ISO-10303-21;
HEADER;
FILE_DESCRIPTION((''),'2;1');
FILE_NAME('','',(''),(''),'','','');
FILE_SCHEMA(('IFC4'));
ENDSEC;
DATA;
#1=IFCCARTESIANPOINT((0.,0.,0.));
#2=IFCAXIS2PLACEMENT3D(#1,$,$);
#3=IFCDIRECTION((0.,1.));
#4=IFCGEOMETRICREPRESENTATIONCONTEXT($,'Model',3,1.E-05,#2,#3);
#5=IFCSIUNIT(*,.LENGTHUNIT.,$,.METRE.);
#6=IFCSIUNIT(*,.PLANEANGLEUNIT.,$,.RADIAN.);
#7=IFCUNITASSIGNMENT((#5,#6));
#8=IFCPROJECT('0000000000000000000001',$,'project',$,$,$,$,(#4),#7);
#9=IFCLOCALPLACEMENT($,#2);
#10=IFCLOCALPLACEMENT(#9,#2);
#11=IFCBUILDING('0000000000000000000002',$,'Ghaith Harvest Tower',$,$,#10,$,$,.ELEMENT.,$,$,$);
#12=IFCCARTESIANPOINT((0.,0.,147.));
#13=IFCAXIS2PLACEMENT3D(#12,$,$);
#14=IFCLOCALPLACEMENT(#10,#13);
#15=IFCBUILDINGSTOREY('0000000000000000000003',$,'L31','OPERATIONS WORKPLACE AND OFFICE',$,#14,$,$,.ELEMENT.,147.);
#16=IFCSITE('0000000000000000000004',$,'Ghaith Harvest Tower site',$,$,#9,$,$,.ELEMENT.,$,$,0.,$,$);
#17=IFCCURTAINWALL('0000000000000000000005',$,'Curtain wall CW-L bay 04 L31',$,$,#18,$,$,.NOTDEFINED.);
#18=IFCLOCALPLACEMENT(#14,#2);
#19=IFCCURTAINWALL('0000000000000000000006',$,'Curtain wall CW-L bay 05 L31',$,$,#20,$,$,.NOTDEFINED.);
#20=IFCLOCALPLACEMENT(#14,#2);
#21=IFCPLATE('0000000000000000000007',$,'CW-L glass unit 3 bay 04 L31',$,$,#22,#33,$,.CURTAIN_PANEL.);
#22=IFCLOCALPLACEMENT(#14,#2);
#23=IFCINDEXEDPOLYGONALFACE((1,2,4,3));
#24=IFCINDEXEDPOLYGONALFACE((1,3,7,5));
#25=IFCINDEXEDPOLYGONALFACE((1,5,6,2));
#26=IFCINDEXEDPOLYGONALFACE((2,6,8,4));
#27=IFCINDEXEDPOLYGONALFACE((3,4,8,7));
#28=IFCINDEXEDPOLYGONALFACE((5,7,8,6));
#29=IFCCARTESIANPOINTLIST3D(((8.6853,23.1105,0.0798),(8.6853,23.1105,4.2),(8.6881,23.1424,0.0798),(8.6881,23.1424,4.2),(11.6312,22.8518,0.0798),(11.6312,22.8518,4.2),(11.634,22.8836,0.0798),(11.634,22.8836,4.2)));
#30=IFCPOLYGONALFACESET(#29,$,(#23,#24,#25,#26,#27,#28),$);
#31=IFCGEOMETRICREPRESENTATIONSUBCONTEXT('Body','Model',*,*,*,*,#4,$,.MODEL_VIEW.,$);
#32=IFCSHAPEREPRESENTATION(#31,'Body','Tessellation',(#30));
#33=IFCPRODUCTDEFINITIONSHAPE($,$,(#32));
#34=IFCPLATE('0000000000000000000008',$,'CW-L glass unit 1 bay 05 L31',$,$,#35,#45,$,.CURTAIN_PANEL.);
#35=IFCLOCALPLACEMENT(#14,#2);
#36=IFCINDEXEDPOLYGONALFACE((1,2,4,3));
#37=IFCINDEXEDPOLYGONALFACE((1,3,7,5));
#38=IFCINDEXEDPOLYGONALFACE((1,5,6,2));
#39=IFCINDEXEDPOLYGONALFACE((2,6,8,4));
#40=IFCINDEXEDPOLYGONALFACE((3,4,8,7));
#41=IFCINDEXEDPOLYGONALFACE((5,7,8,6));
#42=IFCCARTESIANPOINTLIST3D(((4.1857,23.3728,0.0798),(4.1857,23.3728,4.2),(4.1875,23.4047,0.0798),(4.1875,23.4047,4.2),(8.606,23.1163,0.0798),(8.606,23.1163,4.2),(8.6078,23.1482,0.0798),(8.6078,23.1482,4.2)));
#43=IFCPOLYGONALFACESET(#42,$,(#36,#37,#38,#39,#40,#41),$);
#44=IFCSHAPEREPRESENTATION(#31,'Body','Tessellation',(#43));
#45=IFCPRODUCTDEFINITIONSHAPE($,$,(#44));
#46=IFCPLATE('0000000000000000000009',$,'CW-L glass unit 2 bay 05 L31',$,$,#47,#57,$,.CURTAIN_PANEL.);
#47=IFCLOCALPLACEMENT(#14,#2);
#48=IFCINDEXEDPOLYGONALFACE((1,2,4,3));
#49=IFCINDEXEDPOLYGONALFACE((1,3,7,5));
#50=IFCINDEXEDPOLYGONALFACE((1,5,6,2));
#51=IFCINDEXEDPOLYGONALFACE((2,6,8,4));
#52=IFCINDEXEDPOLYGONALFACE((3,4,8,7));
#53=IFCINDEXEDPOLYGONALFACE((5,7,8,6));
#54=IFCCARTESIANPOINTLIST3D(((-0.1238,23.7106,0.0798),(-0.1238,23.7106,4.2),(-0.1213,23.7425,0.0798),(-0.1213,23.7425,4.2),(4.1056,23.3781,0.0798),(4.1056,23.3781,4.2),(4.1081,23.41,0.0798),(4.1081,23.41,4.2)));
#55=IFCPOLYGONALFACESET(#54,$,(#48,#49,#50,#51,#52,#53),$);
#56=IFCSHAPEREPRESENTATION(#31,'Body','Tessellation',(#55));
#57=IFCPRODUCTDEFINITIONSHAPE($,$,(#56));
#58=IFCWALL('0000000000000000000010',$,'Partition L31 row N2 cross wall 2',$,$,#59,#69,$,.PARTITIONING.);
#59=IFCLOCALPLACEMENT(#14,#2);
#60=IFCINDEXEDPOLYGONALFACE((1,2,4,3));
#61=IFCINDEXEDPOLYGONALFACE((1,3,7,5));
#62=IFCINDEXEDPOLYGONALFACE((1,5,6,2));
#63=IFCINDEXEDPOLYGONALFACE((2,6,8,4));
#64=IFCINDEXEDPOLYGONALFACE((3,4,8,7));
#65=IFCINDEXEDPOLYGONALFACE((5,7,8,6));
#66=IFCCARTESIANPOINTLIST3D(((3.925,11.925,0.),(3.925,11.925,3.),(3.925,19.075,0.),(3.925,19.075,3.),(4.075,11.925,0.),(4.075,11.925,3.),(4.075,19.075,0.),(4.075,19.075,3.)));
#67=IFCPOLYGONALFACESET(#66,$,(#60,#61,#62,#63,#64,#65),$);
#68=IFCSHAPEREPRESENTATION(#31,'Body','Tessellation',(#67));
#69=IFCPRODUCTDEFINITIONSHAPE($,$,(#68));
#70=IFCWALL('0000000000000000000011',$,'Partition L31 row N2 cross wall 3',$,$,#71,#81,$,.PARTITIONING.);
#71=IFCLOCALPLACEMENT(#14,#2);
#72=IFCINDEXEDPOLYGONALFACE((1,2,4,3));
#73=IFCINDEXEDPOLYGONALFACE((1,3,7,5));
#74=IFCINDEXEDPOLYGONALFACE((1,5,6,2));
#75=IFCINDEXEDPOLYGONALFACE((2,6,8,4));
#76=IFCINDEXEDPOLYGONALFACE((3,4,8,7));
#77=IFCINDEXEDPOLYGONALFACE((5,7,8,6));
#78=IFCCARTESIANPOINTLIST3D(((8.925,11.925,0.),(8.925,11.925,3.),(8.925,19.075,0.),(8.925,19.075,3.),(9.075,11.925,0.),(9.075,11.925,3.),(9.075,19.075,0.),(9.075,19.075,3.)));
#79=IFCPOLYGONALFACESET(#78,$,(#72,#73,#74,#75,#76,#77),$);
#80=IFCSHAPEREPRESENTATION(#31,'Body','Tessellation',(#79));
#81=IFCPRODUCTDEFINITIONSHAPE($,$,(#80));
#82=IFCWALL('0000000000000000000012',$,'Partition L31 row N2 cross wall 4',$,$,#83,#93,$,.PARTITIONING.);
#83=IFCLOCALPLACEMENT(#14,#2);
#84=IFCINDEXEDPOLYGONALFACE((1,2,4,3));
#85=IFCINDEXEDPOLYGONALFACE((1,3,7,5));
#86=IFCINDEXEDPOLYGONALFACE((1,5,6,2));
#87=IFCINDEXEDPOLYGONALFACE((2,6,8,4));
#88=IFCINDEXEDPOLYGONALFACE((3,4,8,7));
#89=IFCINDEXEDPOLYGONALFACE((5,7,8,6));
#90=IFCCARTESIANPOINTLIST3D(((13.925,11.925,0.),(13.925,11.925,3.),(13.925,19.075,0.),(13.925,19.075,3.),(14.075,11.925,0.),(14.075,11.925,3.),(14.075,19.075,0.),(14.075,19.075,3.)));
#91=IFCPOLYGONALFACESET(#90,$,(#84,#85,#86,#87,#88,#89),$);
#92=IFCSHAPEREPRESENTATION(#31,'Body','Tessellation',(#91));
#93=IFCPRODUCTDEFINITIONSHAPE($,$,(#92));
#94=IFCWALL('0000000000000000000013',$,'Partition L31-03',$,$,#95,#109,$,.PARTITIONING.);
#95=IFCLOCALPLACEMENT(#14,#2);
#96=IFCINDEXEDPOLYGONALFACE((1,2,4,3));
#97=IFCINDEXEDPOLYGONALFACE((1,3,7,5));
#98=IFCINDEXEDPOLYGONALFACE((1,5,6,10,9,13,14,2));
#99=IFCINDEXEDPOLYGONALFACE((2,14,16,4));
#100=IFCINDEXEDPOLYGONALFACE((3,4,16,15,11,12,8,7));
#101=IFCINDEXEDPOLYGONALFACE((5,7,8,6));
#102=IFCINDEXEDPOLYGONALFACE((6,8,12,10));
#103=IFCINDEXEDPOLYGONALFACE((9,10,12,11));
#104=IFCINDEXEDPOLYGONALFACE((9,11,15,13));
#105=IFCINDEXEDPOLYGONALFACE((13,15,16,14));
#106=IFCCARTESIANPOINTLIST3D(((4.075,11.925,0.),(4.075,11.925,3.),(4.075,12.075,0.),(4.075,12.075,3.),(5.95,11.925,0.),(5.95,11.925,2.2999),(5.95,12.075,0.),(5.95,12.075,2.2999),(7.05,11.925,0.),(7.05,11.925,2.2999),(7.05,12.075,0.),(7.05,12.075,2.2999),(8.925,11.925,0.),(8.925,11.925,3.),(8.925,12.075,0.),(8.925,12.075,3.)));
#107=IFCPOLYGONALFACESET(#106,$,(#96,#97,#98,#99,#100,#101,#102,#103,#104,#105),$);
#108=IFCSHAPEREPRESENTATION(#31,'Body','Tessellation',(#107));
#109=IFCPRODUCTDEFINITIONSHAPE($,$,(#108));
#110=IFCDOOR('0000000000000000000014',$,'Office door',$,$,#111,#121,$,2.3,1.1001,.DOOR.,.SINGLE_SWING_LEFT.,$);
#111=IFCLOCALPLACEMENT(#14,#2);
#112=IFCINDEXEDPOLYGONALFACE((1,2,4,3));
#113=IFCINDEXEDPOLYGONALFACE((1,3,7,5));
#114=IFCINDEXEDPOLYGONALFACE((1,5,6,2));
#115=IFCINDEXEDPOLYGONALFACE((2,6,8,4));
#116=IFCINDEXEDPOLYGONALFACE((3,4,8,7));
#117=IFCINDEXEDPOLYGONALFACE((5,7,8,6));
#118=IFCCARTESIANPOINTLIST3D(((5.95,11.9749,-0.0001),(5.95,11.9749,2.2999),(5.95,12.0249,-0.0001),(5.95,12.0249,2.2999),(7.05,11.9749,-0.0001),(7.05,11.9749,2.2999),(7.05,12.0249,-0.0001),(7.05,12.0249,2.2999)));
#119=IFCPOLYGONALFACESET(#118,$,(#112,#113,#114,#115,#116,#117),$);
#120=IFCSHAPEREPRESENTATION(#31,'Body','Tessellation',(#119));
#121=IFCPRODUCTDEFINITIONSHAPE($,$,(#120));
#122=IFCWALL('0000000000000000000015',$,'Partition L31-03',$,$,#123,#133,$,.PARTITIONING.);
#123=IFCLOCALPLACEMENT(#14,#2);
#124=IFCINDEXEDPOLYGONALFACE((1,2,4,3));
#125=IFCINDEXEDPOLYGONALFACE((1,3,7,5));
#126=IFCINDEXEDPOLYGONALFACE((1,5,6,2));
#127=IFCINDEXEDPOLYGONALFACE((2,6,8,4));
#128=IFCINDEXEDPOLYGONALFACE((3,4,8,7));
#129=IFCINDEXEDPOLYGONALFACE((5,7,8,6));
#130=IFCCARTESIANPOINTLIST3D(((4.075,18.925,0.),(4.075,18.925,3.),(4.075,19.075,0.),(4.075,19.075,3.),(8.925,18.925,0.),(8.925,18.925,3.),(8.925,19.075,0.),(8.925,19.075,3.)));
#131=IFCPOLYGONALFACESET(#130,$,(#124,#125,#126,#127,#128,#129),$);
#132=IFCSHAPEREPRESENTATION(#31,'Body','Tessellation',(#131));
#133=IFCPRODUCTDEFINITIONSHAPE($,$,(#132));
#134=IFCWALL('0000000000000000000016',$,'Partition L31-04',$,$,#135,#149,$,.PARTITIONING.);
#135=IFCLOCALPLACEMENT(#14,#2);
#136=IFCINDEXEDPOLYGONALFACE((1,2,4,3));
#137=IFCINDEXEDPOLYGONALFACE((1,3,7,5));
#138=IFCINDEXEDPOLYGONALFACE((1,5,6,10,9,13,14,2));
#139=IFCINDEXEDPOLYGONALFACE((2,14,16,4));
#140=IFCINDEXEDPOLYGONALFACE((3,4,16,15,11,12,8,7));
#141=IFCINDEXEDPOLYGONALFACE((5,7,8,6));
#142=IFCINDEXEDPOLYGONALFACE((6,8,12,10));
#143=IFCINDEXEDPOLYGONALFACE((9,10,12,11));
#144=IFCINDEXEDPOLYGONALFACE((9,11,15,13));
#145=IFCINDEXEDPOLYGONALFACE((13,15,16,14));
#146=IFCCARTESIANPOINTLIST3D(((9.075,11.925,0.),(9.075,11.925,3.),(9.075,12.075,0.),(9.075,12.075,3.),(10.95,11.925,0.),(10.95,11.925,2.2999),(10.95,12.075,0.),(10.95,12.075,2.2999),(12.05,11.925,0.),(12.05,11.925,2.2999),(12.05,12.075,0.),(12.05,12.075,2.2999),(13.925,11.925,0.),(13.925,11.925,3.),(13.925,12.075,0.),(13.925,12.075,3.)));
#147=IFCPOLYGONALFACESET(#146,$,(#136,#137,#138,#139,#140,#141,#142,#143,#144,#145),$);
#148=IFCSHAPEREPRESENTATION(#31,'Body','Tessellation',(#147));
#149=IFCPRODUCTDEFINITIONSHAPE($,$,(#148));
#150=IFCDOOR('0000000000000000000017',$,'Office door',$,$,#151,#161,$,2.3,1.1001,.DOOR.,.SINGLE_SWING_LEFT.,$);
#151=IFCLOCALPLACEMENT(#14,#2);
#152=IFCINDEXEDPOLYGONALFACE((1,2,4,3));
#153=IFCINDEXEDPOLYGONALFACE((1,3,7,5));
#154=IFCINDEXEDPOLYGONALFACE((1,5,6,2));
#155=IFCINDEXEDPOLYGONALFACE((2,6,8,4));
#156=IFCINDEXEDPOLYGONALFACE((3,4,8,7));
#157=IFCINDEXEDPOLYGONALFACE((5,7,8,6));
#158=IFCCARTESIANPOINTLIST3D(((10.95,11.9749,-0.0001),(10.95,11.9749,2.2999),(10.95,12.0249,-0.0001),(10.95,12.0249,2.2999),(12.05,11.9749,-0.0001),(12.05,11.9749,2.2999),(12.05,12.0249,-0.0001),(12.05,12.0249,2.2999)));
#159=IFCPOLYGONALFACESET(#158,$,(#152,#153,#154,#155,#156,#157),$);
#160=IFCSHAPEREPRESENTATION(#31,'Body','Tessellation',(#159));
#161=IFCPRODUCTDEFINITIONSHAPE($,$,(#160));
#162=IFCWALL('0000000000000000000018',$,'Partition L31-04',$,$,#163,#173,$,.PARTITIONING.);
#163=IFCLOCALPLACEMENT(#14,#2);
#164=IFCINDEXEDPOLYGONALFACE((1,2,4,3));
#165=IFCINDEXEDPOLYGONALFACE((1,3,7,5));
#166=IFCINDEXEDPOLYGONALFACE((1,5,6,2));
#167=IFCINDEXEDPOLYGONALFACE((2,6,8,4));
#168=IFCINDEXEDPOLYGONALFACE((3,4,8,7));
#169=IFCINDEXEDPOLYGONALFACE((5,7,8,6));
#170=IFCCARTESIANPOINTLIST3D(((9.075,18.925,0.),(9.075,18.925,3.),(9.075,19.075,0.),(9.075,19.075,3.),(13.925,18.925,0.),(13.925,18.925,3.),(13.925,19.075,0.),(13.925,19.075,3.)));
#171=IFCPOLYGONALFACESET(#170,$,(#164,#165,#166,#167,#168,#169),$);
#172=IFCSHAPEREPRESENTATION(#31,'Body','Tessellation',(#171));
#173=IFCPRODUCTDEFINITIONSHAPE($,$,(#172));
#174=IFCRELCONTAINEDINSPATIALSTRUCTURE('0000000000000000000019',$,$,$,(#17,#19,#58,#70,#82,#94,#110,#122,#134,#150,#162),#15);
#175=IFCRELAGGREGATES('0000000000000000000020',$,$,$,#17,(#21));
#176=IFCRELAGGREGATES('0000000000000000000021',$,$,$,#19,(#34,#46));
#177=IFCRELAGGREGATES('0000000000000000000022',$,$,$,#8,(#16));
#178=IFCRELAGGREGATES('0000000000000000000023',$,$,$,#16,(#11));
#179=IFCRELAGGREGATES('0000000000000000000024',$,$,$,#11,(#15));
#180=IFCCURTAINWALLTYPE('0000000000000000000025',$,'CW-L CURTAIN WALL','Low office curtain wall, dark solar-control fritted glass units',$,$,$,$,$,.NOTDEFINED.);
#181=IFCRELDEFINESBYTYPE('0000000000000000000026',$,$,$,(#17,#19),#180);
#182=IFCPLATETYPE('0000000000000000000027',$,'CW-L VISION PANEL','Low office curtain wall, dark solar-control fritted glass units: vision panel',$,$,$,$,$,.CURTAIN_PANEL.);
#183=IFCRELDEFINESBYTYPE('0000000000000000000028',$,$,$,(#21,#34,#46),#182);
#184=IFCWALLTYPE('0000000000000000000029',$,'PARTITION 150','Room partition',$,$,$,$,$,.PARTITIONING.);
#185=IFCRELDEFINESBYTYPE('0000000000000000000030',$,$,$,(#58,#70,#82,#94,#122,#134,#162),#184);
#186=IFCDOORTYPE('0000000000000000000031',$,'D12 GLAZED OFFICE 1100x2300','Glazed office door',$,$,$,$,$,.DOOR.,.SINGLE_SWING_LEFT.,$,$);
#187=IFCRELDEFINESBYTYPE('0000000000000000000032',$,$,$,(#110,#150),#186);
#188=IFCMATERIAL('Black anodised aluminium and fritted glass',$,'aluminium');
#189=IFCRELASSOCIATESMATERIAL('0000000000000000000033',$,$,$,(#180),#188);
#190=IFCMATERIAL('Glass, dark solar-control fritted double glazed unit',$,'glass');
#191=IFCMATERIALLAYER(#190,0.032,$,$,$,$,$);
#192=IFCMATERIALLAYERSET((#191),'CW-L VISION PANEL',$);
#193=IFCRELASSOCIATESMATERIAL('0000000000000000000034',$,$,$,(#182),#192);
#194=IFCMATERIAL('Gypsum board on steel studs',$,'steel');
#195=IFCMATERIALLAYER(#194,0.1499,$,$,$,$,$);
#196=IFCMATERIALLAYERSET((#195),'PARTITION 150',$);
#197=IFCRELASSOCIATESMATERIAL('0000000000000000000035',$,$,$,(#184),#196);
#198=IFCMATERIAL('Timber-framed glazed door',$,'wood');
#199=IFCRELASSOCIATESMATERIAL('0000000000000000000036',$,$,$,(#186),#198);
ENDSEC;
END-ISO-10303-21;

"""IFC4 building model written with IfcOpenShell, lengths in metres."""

from ifc_helpers import new_model, si_unit, direction, frame, frame_2d, origin, origin_2d, place, context, subcontext, project, spatial, rectangle, extrude, material, layer, layer_set, type_object, element, fill, aggregate, save


model = new_model("IFC4")

# Units and contexts
model_context = context("Model", 3, precision=1e-05, world=origin(), true_north=direction((0.0, 1.0)))
body_context = subcontext(model_context, "Body", "Model", "MODEL_VIEW")
ifc_project = project(units=[si_unit("LENGTHUNIT", "METRE"), si_unit("PLANEANGLEUNIT", "RADIAN")], contexts=[model_context])

# Site, building, storey
site_placement = place(None, origin())
site = spatial("IfcSite", under=ifc_project, at=site_placement, Name="Ghaith Harvest Tower site", CompositionType="ELEMENT", RefElevation=0.0)
building_placement = place(site_placement, origin())
building = spatial("IfcBuilding", under=site, at=building_placement, Name="Ghaith Harvest Tower", CompositionType="ELEMENT")
storey_placement = place(building_placement, frame((0.0, 0.0, 147.0)))
storey = spatial("IfcBuildingStorey", under=building, at=storey_placement, Name="L31", Description="OPERATIONS WORKPLACE AND OFFICE", CompositionType="ELEMENT", Elevation=147.0)

# Curtain wall
ifc_material_1 = material(Name="Black anodised aluminium and fritted glass", Category="aluminium")
curtain_wall_type = type_object("IfcCurtainWallType", Name="CW-L CURTAIN WALL", Description="Low office curtain wall, dark solar-control fritted glass units", PredefinedType="NOTDEFINED", material=ifc_material_1)
curtain_wall_1_placement = place(storey_placement, origin())
curtain_wall_1 = element("IfcCurtainWall", 1, at=curtain_wall_1_placement, inside=storey, type_object=curtain_wall_type, Name="Curtain wall CW-L bay 04 L31", PredefinedType="NOTDEFINED")

# Curtain wall
curtain_wall_2_placement = place(storey_placement, origin())
curtain_wall_2 = element("IfcCurtainWall", 2, at=curtain_wall_2_placement, inside=storey, type_object=curtain_wall_type, Name="Curtain wall CW-L bay 05 L31", PredefinedType="NOTDEFINED")

# Plates
ifc_material_2 = material(Name="Glass, dark solar-control fritted double glazed unit", Category="glass")
ifc_layer_1 = layer(ifc_material_2, 0.032)
ifc_layer_set_1 = layer_set([ifc_layer_1], Name="CW-L VISION PANEL")
plate_type = type_object("IfcPlateType", Name="CW-L VISION PANEL", Description="Low office curtain wall, dark solar-control fritted glass units: vision panel", PredefinedType="CURTAIN_PANEL", material=ifc_layer_set_1)
plate_1_placement = place(storey_placement, frame((10.1597, 22.9971, 0.0798), z_axis=(0.0, 0.0, 1.0), x_axis=(-0.996166, 0.087481, 0.0)))
plate_1 = element("IfcPlate", 3, at=plate_1_placement, type_object=plate_type, Name="CW-L glass unit 3 bay 04 L31", PredefinedType="CURTAIN_PANEL", context=body_context, shape_type="SweptSolid", body=[
    extrude(rectangle(XDim=2.9573, YDim=0.032, at=origin_2d()), origin(), (0.0, 0.0, 1.0), 4.1201),
])
aggregate(curtain_wall_1, [plate_1])
plate_2_placement = place(storey_placement, frame((6.3967, 23.2605, 0.0798), z_axis=(0.0, 0.0, 1.0), x_axis=(-0.998321, 0.057927, 0.0)))
plate_2 = element("IfcPlate", 4, at=plate_2_placement, type_object=plate_type, Name="CW-L glass unit 1 bay 05 L31", PredefinedType="CURTAIN_PANEL", context=body_context, shape_type="SweptSolid", body=[
    extrude(rectangle(XDim=4.4277, YDim=0.032, at=origin_2d()), origin(), (0.0, 0.0, 1.0), 4.1201),
])
plate_3_placement = place(storey_placement, frame((1.9922, 23.5603, 0.0798), z_axis=(0.0, 0.0, 1.0), x_axis=(-0.996925, 0.07836, 0.0)))
plate_3 = element("IfcPlate", 5, at=plate_3_placement, type_object=plate_type, Name="CW-L glass unit 2 bay 05 L31", PredefinedType="CURTAIN_PANEL", context=body_context, shape_type="SweptSolid", body=[
    extrude(rectangle(XDim=4.2424, YDim=0.032, at=origin_2d()), origin(), (0.0, 0.0, 1.0), 4.1201),
])
aggregate(curtain_wall_2, [plate_2, plate_3])

# Walls
ifc_material_3 = material(Name="Gypsum board on steel studs", Category="steel")
ifc_layer_2 = layer(ifc_material_3, 0.1499)
ifc_layer_set_2 = layer_set([ifc_layer_2], Name="PARTITION 150")
wall_type = type_object("IfcWallType", Name="PARTITION 150", Description="Room partition", PredefinedType="PARTITIONING", material=ifc_layer_set_2)
for number, where, z_axis, x_axis, name in (
    (6, (4.0, 11.925, 0.0), (0.0, 0.0, 1.0), (0.0, 1.0, 0.0), "Partition L31 row N2 cross wall 2"),
    (7, (9.0, 11.925, 0.0), (0.0, 0.0, 1.0), (0.0, 1.0, 0.0), "Partition L31 row N2 cross wall 3"),
    (8, (14.0, 11.925, 0.0), (0.0, 0.0, 1.0), (0.0, 1.0, 0.0), "Partition L31 row N2 cross wall 4"),
):
    element("IfcWall", number, at=place(storey_placement, frame(where, z_axis=z_axis, x_axis=x_axis)), inside=storey, type_object=wall_type, Name=name, PredefinedType="PARTITIONING", context=body_context, shape_type="SweptSolid", body=[
        extrude(rectangle(XDim=7.1499, YDim=0.1499, at=frame_2d((3.575, 0.0))), origin(), (0.0, 0.0, 1.0), 3.0),
    ])

# Wall, opening, door
wall_1_placement = place(storey_placement, frame((4.075, 12.0, 0.0), z_axis=(0.0, 0.0, 1.0), x_axis=(1.0, 0.0, 0.0)))
wall_1 = element("IfcWall", 9, at=wall_1_placement, inside=storey, type_object=wall_type, Name="Partition L31-03", PredefinedType="PARTITIONING", context=body_context, shape_type="SweptSolid", body=[
    extrude(rectangle(XDim=4.8501, YDim=0.1499, at=frame_2d((2.425, 0.0))), origin(), (0.0, 0.0, 1.0), 3.0),
])
opening_1_placement = place(wall_1_placement, frame((1.875, 0.0, 0.0)))
opening_1 = element("IfcOpeningElement", 10, at=opening_1_placement, cuts=wall_1, PredefinedType="OPENING", context=body_context, shape_type="SweptSolid", body=[
    extrude(rectangle(XDim=1.1001, YDim=2.3, at=frame_2d((0.55, 1.1499))), frame((0.0, 0.085, 0.0), z_axis=(0.0, -1.0, 0.0), x_axis=(1.0, 0.0, 0.0)), (0.0, 0.0, 1.0), 0.1699),
])
ifc_material_4 = material(Name="Timber-framed glazed door", Category="wood")
door_type = type_object("IfcDoorType", Name="D12 GLAZED OFFICE 1100x2300", Description="Glazed office door", OperationType="SINGLE_SWING_LEFT", PredefinedType="DOOR", material=ifc_material_4)
door_1_placement = place(opening_1_placement, origin())
door_1 = element("IfcDoor", 11, at=door_1_placement, inside=storey, type_object=door_type, Name="Office door", OperationType="SINGLE_SWING_LEFT", OverallHeight=2.3, OverallWidth=1.1001, PredefinedType="DOOR", context=body_context, shape_type="SweptSolid", body=[
    extrude(rectangle(XDim=1.1001, YDim=2.3, at=frame_2d((0.55, 1.1499))), frame((0.0, 0.0249, 0.0), z_axis=(0.0, -1.0, 0.0), x_axis=(1.0, 0.0, 0.0)), (0.0, 0.0, 1.0), 0.05),
])
fill(opening_1, door_1)

# Wall
wall_2_placement = place(storey_placement, frame((4.075, 19.0, 0.0), z_axis=(0.0, 0.0, 1.0), x_axis=(1.0, 0.0, 0.0)))
element("IfcWall", 12, at=wall_2_placement, inside=storey, type_object=wall_type, Name="Partition L31-03", PredefinedType="PARTITIONING", context=body_context, shape_type="SweptSolid", body=[
    extrude(rectangle(XDim=4.8501, YDim=0.1499, at=frame_2d((2.425, 0.0))), origin(), (0.0, 0.0, 1.0), 3.0),
])

# Wall, opening, door
wall_3_placement = place(storey_placement, frame((9.075, 12.0, 0.0), z_axis=(0.0, 0.0, 1.0), x_axis=(1.0, 0.0, 0.0)))
wall_3 = element("IfcWall", 13, at=wall_3_placement, inside=storey, type_object=wall_type, Name="Partition L31-04", PredefinedType="PARTITIONING", context=body_context, shape_type="SweptSolid", body=[
    extrude(rectangle(XDim=4.8501, YDim=0.1499, at=frame_2d((2.425, 0.0))), origin(), (0.0, 0.0, 1.0), 3.0),
])
opening_2_placement = place(wall_3_placement, frame((1.875, 0.0, 0.0)))
opening_2 = element("IfcOpeningElement", 14, at=opening_2_placement, cuts=wall_3, PredefinedType="OPENING", context=body_context, shape_type="SweptSolid", body=[
    extrude(rectangle(XDim=1.1001, YDim=2.3, at=frame_2d((0.55, 1.1499))), frame((0.0, 0.085, 0.0), z_axis=(0.0, -1.0, 0.0), x_axis=(1.0, 0.0, 0.0)), (0.0, 0.0, 1.0), 0.1699),
])
door_2_placement = place(opening_2_placement, origin())
door_2 = element("IfcDoor", 15, at=door_2_placement, inside=storey, type_object=door_type, Name="Office door", OperationType="SINGLE_SWING_LEFT", OverallHeight=2.3, OverallWidth=1.1001, PredefinedType="DOOR", context=body_context, shape_type="SweptSolid", body=[
    extrude(rectangle(XDim=1.1001, YDim=2.3, at=frame_2d((0.55, 1.1499))), frame((0.0, 0.0249, 0.0), z_axis=(0.0, -1.0, 0.0), x_axis=(1.0, 0.0, 0.0)), (0.0, 0.0, 1.0), 0.05),
])
fill(opening_2, door_2)

# Wall
wall_4_placement = place(storey_placement, frame((9.075, 19.0, 0.0), z_axis=(0.0, 0.0, 1.0), x_axis=(1.0, 0.0, 0.0)))
element("IfcWall", 16, at=wall_4_placement, inside=storey, type_object=wall_type, Name="Partition L31-04", PredefinedType="PARTITIONING", context=body_context, shape_type="SweptSolid", body=[
    extrude(rectangle(XDim=4.8501, YDim=0.1499, at=frame_2d((2.425, 0.0))), origin(), (0.0, 0.0, 1.0), 3.0),
])

save(model, "model.ifc")
